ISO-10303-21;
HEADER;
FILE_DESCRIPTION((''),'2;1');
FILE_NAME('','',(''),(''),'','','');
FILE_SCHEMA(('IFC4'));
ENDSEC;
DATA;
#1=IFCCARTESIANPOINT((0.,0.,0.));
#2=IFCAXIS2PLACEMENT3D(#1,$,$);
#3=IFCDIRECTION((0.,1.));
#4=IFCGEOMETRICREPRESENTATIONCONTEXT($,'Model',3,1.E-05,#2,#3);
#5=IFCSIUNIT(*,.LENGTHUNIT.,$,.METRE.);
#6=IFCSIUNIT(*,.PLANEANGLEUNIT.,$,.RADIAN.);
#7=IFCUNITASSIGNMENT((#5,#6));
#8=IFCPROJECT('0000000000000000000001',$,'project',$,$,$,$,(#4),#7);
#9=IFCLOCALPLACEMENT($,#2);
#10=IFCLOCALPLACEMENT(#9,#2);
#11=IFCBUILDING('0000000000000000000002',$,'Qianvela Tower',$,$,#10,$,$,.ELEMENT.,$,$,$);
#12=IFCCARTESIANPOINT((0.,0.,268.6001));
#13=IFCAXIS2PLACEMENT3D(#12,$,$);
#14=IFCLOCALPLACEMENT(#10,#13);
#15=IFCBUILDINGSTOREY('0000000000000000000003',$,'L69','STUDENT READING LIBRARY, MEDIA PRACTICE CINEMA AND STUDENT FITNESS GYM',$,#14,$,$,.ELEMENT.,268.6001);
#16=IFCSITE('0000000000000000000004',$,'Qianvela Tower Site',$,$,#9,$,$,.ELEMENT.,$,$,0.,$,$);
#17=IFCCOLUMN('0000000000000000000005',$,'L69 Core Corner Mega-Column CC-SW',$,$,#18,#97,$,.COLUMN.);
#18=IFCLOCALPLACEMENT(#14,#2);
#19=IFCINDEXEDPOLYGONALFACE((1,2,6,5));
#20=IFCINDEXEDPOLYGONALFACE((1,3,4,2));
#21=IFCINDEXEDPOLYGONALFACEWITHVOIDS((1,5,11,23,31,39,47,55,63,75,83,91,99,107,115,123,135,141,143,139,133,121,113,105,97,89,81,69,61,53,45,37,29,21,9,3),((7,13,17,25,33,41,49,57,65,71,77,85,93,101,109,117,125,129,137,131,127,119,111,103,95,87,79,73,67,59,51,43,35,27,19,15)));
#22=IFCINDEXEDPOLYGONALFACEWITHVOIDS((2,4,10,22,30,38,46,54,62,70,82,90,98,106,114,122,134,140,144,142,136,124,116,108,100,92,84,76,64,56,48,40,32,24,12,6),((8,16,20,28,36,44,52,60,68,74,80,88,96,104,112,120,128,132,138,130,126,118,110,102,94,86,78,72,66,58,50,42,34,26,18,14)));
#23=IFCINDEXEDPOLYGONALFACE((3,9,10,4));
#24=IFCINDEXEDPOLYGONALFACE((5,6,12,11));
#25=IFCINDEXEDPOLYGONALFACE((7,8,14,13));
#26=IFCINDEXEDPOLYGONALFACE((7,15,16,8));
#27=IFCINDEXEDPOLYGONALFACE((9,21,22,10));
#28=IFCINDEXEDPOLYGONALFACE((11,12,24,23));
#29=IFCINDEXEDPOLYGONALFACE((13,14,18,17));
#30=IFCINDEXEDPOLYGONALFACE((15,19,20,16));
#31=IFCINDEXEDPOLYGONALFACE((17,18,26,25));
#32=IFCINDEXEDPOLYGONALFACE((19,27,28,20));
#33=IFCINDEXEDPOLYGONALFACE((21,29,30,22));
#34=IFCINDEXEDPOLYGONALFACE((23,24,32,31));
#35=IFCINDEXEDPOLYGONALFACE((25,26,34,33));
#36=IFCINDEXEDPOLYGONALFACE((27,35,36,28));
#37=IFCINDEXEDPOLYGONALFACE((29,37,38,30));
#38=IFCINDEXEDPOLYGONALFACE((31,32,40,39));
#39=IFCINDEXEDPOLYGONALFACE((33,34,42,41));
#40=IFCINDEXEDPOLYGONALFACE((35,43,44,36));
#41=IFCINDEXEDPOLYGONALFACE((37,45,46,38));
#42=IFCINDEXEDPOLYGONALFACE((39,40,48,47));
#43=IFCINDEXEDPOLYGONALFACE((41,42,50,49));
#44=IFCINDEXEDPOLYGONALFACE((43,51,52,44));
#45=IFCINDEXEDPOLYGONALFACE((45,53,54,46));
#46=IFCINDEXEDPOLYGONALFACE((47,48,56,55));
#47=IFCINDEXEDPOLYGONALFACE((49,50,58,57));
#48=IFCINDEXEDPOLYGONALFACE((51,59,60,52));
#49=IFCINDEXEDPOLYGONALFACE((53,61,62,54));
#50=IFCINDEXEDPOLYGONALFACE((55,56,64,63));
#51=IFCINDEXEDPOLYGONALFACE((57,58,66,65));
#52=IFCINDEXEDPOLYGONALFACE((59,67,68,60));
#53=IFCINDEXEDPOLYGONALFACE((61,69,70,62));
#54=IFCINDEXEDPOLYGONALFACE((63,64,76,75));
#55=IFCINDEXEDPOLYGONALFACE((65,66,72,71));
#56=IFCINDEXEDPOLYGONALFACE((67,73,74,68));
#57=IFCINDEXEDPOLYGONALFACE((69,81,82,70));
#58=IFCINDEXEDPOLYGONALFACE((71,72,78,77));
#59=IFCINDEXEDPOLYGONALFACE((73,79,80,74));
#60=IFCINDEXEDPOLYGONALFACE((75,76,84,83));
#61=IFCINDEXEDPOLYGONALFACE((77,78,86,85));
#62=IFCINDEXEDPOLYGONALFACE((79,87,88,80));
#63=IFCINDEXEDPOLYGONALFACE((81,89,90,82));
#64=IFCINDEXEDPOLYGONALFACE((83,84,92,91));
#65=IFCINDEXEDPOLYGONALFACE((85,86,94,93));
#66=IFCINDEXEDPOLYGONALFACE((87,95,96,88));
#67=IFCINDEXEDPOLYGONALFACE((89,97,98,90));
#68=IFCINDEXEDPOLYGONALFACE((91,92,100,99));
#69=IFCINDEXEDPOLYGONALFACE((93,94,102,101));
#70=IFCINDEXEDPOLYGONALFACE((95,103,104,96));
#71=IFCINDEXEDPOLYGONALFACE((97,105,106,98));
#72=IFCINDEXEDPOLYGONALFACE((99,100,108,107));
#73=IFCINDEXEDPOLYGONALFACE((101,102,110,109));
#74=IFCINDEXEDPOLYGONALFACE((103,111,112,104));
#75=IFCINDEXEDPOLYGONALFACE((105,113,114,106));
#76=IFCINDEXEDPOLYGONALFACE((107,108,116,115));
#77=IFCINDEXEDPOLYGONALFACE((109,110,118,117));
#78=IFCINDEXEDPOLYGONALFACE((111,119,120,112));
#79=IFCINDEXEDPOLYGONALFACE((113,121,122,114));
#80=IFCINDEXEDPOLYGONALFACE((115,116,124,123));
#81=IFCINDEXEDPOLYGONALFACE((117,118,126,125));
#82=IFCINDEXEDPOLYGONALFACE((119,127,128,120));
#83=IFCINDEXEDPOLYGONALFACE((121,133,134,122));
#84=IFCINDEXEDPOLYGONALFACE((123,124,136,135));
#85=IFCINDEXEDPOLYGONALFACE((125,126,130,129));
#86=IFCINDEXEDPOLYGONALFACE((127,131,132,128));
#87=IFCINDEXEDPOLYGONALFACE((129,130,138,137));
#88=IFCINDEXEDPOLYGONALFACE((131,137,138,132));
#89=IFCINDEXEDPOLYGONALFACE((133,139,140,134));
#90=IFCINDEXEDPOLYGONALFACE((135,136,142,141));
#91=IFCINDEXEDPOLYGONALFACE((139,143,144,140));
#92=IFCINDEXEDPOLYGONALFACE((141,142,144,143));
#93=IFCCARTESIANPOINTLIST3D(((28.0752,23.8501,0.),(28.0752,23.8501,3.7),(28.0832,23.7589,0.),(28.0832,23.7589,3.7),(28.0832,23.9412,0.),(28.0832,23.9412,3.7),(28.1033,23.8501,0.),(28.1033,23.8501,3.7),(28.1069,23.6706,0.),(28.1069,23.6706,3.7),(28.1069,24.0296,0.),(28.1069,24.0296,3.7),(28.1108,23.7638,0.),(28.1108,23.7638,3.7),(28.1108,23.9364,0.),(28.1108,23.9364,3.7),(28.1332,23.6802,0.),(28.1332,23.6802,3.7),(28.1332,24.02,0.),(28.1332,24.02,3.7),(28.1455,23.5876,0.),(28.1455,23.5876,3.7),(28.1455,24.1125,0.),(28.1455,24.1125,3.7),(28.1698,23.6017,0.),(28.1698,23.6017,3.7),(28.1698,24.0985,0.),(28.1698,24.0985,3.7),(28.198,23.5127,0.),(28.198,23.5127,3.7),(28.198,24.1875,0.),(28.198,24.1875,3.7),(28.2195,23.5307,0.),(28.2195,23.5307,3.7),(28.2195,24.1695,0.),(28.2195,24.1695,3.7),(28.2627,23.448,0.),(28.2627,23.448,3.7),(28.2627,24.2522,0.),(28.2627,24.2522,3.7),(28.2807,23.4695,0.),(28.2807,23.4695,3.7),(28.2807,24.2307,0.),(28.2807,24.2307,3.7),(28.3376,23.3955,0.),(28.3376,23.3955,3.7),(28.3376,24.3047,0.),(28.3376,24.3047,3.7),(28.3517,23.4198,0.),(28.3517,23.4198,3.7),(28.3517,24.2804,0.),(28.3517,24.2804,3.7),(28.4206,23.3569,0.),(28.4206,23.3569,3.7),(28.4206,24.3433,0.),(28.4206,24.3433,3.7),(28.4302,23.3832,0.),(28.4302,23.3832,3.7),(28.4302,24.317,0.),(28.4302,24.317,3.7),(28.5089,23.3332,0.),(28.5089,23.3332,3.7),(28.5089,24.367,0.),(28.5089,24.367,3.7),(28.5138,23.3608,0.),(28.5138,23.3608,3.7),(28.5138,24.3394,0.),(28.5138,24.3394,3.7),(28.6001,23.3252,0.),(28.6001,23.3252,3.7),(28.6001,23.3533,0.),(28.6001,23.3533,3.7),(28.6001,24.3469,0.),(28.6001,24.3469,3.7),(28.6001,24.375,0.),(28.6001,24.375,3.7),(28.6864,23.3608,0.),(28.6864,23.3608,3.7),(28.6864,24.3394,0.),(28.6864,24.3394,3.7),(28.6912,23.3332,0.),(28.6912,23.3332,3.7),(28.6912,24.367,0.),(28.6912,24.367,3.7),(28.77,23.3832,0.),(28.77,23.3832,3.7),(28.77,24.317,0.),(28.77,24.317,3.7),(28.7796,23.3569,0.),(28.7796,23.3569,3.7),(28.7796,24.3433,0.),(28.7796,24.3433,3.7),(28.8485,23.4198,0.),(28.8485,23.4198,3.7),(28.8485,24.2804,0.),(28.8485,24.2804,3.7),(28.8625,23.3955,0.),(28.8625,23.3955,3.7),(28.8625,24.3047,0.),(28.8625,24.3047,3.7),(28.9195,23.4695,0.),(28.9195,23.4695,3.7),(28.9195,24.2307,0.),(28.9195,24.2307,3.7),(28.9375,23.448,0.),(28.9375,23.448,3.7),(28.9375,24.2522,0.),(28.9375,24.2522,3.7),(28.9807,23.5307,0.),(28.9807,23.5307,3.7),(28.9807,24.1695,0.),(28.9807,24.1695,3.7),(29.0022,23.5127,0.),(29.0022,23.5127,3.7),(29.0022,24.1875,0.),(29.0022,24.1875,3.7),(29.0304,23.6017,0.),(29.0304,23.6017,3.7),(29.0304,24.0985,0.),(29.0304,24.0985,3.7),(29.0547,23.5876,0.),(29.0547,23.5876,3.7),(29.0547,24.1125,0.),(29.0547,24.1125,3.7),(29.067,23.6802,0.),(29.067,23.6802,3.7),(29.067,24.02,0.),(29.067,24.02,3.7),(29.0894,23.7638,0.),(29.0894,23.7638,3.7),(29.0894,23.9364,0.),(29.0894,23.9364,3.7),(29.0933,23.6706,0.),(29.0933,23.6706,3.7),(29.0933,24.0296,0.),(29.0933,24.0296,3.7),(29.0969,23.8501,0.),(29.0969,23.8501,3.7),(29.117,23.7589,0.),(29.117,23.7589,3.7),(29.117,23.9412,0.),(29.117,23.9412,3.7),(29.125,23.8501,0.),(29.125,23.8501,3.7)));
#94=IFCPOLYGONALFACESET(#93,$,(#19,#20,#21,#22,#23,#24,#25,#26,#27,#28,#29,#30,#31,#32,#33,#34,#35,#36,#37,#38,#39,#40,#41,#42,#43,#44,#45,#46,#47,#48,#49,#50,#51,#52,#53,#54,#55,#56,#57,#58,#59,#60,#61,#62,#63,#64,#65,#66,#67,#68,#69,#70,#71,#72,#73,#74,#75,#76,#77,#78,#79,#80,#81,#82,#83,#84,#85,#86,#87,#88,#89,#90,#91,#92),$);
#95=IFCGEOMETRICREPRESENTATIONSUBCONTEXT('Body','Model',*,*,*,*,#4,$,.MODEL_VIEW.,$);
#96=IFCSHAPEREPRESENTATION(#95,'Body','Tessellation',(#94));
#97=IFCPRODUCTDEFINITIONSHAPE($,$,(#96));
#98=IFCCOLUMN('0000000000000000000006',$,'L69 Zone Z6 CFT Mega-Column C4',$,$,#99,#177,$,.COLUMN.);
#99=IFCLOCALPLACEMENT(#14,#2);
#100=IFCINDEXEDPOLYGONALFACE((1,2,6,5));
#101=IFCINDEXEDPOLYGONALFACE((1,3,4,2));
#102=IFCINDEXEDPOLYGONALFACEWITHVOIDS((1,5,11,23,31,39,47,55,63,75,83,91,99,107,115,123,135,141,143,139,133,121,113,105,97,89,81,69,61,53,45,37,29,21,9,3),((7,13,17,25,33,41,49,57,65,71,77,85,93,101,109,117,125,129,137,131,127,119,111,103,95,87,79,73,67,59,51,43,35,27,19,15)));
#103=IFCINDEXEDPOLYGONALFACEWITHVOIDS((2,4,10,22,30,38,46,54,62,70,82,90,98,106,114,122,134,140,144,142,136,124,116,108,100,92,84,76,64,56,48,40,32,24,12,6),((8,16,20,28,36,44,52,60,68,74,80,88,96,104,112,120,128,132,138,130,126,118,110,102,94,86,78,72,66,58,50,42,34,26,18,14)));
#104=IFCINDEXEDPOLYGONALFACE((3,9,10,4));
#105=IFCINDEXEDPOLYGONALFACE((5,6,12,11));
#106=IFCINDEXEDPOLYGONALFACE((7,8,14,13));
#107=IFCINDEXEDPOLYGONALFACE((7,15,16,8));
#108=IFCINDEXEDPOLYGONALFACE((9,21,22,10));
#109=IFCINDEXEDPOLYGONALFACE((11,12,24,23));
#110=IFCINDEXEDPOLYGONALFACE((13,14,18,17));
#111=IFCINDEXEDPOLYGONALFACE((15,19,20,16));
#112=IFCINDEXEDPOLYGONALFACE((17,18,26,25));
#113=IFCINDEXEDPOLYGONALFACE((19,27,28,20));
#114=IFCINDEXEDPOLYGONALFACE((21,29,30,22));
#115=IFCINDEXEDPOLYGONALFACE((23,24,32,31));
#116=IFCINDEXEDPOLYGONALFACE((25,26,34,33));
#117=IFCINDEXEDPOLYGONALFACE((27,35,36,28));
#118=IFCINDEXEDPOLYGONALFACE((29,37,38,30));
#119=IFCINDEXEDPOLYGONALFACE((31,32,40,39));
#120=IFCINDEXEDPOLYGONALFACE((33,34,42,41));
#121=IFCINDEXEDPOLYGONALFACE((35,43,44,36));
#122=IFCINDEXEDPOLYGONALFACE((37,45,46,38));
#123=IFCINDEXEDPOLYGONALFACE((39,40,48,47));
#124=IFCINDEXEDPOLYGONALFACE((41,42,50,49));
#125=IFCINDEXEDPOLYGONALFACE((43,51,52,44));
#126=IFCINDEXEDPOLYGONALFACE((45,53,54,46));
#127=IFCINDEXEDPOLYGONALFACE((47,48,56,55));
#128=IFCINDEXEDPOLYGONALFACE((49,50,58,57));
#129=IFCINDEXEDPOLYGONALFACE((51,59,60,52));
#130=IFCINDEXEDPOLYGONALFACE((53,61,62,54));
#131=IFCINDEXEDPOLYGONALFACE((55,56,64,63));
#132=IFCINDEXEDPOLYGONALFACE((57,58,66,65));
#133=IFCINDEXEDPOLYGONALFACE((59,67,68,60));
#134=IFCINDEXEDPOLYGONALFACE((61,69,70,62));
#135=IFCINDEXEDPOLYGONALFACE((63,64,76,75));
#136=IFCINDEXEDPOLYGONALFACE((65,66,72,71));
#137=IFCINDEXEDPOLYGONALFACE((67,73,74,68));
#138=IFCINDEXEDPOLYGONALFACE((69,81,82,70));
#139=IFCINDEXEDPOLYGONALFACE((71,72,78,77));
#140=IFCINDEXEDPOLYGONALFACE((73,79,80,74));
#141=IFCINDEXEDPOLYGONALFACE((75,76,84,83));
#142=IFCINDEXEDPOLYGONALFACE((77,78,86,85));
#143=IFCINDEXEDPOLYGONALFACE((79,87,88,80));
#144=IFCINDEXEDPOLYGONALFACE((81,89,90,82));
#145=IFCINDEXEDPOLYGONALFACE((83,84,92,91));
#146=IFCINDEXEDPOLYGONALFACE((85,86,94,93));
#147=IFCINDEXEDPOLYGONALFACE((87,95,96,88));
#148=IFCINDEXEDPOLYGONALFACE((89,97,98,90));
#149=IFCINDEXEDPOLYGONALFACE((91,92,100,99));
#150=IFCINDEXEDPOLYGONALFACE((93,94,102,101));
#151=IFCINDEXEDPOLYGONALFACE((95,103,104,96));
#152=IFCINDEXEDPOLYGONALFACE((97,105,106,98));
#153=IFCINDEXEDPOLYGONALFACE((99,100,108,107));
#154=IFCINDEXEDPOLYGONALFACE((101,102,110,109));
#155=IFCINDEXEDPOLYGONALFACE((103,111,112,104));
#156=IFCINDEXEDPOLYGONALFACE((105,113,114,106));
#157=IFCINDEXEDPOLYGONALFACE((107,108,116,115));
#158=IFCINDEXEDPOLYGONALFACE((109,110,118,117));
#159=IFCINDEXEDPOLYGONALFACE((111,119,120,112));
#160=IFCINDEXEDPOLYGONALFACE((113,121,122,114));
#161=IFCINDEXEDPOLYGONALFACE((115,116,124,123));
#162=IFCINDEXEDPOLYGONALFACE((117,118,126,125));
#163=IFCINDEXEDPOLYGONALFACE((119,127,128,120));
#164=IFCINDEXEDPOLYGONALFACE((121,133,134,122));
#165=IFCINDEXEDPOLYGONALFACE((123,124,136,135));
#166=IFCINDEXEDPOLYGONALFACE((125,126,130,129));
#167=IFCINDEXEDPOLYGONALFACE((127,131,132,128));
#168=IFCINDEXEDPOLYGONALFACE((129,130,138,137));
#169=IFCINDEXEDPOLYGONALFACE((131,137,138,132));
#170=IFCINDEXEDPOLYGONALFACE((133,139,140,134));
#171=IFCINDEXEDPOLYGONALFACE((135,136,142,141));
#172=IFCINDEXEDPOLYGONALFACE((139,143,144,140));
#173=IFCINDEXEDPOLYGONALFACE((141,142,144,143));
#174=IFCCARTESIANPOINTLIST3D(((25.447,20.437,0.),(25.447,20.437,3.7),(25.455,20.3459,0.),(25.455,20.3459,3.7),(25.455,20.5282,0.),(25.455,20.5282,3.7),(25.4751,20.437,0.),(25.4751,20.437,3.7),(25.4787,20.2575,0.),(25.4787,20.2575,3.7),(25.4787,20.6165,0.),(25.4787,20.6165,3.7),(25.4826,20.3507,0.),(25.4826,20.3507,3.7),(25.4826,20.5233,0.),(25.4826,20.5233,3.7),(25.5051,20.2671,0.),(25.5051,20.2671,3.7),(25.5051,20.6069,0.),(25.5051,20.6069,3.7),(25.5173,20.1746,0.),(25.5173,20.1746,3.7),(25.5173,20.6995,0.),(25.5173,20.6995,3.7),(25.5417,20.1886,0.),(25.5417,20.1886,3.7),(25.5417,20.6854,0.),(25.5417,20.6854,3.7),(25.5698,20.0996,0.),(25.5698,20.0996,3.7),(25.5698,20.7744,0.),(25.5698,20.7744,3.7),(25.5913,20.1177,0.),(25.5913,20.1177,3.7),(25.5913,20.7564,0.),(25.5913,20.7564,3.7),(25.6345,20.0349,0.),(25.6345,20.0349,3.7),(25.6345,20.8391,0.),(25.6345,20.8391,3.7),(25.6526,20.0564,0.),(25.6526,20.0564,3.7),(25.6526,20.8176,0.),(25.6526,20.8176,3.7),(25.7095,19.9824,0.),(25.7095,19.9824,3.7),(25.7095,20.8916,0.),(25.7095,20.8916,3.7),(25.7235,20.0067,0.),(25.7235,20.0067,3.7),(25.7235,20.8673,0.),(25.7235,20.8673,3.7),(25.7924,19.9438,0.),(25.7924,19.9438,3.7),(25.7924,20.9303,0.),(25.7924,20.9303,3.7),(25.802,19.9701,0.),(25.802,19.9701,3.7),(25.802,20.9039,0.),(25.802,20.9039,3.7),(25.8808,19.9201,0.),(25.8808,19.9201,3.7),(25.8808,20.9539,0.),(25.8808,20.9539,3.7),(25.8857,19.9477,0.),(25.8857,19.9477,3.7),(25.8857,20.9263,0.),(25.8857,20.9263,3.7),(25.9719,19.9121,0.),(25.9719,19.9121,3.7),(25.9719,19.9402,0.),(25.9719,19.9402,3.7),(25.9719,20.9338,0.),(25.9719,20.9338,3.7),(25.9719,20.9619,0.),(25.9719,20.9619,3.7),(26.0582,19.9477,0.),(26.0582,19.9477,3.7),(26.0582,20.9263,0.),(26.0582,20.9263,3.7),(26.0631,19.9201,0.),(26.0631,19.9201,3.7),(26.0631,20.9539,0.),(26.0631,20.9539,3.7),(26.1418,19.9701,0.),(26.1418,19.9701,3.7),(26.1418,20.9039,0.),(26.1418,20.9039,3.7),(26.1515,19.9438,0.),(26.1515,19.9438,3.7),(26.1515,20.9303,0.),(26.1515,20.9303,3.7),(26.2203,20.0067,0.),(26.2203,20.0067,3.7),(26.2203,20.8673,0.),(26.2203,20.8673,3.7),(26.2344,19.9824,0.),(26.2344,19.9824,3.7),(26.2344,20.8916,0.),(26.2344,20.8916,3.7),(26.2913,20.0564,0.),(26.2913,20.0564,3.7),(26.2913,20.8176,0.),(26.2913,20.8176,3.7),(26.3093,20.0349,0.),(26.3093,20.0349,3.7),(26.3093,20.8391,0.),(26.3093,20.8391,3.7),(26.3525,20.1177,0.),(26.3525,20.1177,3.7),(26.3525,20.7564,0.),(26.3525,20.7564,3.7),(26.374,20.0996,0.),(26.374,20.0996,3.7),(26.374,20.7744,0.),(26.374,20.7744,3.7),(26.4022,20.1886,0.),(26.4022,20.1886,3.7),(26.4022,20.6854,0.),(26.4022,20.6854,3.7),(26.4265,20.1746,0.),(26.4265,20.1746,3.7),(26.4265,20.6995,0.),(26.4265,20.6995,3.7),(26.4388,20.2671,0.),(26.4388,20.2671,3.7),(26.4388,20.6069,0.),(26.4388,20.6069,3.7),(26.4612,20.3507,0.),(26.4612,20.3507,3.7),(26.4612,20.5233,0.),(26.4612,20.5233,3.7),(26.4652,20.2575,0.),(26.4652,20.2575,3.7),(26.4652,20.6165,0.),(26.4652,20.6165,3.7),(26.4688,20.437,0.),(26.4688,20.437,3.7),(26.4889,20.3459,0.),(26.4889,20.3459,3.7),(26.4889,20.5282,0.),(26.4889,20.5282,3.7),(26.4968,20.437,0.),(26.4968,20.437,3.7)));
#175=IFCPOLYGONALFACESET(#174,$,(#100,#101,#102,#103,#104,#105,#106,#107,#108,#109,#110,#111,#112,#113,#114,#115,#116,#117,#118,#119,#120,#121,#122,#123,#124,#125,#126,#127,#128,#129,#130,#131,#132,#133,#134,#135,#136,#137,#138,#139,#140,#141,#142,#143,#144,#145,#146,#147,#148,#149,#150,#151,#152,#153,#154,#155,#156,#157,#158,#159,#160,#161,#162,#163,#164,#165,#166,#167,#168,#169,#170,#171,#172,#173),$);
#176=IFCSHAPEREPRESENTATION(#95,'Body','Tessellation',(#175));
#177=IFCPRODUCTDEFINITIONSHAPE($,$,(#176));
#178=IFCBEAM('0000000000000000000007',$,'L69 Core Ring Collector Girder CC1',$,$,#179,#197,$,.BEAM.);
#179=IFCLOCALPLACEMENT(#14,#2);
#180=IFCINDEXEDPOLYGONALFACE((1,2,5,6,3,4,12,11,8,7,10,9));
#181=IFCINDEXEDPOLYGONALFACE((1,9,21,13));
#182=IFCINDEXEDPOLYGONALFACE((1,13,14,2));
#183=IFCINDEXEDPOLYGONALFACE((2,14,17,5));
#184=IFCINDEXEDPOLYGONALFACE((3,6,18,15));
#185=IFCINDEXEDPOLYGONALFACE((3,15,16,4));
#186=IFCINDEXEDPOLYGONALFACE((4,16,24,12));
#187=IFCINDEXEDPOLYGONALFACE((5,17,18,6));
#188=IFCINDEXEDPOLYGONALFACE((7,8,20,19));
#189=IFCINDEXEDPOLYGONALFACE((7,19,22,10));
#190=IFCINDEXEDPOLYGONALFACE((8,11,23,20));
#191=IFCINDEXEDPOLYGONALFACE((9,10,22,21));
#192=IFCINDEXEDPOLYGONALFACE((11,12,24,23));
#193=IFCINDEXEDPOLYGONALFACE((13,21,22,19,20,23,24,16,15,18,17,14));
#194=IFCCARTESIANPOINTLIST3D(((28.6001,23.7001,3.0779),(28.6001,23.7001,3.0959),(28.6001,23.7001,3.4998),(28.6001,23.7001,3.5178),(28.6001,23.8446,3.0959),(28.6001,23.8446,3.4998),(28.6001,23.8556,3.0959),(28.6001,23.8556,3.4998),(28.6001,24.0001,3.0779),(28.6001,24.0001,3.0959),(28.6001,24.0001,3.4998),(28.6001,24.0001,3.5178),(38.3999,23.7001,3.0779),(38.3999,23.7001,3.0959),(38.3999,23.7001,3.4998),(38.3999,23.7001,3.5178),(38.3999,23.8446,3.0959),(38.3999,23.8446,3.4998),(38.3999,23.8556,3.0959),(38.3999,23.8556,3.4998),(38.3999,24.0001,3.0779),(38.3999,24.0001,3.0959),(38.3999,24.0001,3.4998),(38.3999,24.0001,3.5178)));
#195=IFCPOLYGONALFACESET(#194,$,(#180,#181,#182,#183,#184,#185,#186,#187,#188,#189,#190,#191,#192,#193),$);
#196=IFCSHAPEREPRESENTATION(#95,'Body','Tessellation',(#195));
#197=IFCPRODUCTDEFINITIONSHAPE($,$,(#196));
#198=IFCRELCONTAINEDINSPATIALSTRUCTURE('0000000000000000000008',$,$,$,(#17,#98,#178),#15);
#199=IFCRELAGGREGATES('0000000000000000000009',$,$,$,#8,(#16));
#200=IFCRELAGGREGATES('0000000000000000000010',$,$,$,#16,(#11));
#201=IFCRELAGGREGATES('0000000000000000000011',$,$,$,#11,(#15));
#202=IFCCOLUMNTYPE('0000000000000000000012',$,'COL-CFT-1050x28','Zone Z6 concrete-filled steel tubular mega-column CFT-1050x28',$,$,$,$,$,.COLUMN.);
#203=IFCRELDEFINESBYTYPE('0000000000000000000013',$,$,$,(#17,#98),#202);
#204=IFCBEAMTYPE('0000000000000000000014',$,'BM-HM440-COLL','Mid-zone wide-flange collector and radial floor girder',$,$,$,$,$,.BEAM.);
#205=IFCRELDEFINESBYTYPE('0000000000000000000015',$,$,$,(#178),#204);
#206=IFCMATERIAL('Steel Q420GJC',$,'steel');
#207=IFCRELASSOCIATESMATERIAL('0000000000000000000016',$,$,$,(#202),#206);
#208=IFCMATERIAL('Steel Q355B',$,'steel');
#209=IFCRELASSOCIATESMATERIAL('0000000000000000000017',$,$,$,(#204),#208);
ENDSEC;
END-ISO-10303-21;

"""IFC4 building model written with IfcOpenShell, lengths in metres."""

from ifc_helpers import new_model, si_unit, direction, frame, origin, origin_2d, place, context, subcontext, project, spatial, hollow_circle, i_section, extrude, material, material_profile, profile_set, type_object, element, save


model = new_model("IFC4")

# Units and contexts
model_context = context("Model", 3, precision=1e-05, world=origin(), true_north=direction((0.0, 1.0)))
body_context = subcontext(model_context, "Body", "Model", "MODEL_VIEW")
ifc_project = project(units=[si_unit("LENGTHUNIT", "METRE"), si_unit("PLANEANGLEUNIT", "RADIAN")], contexts=[model_context])

# Site, building, storey
site_placement = place(None, origin())
site = spatial("IfcSite", under=ifc_project, at=site_placement, Name="Qianvela Tower Site", CompositionType="ELEMENT", RefElevation=0.0)
building_placement = place(site_placement, origin())
building = spatial("IfcBuilding", under=site, at=building_placement, Name="Qianvela Tower", CompositionType="ELEMENT")
storey_placement = place(building_placement, frame((0.0, 0.0, 268.6001)))
storey = spatial("IfcBuildingStorey", under=building, at=storey_placement, Name="L69", Description="STUDENT READING LIBRARY, MEDIA PRACTICE CINEMA AND STUDENT FITNESS GYM", CompositionType="ELEMENT", Elevation=268.6001)

# Columns
ifc_material_1 = material(Name="Steel Q420GJC", Category="steel")
ifc_material_profile_1 = material_profile(ifc_material_1, hollow_circle(Radius=0.5249, WallThickness=0.0281, at=origin_2d()), Name="CFT-1050x28")
ifc_profile_set_1 = profile_set([ifc_material_profile_1], Name="Steel Q420GJC")
column_type = type_object("IfcColumnType", Name="COL-CFT-1050x28", Description="Zone Z6 concrete-filled steel tubular mega-column CFT-1050x28", PredefinedType="COLUMN", material=ifc_profile_set_1)
for number, where, z_axis, x_axis, name in (
    (1, (28.6001, 23.8501, 0.0), (0.0, 0.0, 1.0), (1.0, 0.0, 0.0), "L69 Core Corner Mega-Column CC-SW"),
    (2, (25.9719, 20.437, 0.0), (0.0, 0.0, 1.0), (1.0, 0.0, 0.0), "L69 Zone Z6 CFT Mega-Column C4"),
):
    element("IfcColumn", number, at=place(storey_placement, frame(where, z_axis=z_axis, x_axis=x_axis)), inside=storey, type_object=column_type, Name=name, PredefinedType="COLUMN", context=body_context, shape_type="SweptSolid", body=[
        extrude(hollow_circle(Radius=0.5249, WallThickness=0.0281, at=origin_2d()), origin(), (0.0, 0.0, 1.0), 3.7),
    ])

# Beam
ifc_material_2 = material(Name="Steel Q355B", Category="steel")
ifc_material_profile_2 = material_profile(ifc_material_2, i_section(OverallWidth=0.3, OverallDepth=0.4399, WebThickness=0.011, FlangeThickness=0.0181, at=origin_2d()), Name="HM440x300x11x18")
ifc_profile_set_2 = profile_set([ifc_material_profile_2], Name="Steel Q355B")
beam_type_1 = type_object("IfcBeamType", Name="BM-HM440-COLL", Description="Mid-zone wide-flange collector and radial floor girder", PredefinedType="BEAM", material=ifc_profile_set_2)
beam_1_placement = place(storey_placement, frame((28.6001, 23.8501, 3.2979), z_axis=(1.0, 0.0, 0.0), x_axis=(0.0, 1.0, 0.0)))
element("IfcBeam", 3, at=beam_1_placement, inside=storey, type_object=beam_type_1, Name="L69 Core Ring Collector Girder CC1", PredefinedType="BEAM", context=body_context, shape_type="SweptSolid", body=[
    extrude(i_section(OverallWidth=0.3, OverallDepth=0.4399, WebThickness=0.011, FlangeThickness=0.0181, at=origin_2d()), origin(), (0.0, 0.0, 1.0), 9.7998),
])

save(model, "model.ifc")
